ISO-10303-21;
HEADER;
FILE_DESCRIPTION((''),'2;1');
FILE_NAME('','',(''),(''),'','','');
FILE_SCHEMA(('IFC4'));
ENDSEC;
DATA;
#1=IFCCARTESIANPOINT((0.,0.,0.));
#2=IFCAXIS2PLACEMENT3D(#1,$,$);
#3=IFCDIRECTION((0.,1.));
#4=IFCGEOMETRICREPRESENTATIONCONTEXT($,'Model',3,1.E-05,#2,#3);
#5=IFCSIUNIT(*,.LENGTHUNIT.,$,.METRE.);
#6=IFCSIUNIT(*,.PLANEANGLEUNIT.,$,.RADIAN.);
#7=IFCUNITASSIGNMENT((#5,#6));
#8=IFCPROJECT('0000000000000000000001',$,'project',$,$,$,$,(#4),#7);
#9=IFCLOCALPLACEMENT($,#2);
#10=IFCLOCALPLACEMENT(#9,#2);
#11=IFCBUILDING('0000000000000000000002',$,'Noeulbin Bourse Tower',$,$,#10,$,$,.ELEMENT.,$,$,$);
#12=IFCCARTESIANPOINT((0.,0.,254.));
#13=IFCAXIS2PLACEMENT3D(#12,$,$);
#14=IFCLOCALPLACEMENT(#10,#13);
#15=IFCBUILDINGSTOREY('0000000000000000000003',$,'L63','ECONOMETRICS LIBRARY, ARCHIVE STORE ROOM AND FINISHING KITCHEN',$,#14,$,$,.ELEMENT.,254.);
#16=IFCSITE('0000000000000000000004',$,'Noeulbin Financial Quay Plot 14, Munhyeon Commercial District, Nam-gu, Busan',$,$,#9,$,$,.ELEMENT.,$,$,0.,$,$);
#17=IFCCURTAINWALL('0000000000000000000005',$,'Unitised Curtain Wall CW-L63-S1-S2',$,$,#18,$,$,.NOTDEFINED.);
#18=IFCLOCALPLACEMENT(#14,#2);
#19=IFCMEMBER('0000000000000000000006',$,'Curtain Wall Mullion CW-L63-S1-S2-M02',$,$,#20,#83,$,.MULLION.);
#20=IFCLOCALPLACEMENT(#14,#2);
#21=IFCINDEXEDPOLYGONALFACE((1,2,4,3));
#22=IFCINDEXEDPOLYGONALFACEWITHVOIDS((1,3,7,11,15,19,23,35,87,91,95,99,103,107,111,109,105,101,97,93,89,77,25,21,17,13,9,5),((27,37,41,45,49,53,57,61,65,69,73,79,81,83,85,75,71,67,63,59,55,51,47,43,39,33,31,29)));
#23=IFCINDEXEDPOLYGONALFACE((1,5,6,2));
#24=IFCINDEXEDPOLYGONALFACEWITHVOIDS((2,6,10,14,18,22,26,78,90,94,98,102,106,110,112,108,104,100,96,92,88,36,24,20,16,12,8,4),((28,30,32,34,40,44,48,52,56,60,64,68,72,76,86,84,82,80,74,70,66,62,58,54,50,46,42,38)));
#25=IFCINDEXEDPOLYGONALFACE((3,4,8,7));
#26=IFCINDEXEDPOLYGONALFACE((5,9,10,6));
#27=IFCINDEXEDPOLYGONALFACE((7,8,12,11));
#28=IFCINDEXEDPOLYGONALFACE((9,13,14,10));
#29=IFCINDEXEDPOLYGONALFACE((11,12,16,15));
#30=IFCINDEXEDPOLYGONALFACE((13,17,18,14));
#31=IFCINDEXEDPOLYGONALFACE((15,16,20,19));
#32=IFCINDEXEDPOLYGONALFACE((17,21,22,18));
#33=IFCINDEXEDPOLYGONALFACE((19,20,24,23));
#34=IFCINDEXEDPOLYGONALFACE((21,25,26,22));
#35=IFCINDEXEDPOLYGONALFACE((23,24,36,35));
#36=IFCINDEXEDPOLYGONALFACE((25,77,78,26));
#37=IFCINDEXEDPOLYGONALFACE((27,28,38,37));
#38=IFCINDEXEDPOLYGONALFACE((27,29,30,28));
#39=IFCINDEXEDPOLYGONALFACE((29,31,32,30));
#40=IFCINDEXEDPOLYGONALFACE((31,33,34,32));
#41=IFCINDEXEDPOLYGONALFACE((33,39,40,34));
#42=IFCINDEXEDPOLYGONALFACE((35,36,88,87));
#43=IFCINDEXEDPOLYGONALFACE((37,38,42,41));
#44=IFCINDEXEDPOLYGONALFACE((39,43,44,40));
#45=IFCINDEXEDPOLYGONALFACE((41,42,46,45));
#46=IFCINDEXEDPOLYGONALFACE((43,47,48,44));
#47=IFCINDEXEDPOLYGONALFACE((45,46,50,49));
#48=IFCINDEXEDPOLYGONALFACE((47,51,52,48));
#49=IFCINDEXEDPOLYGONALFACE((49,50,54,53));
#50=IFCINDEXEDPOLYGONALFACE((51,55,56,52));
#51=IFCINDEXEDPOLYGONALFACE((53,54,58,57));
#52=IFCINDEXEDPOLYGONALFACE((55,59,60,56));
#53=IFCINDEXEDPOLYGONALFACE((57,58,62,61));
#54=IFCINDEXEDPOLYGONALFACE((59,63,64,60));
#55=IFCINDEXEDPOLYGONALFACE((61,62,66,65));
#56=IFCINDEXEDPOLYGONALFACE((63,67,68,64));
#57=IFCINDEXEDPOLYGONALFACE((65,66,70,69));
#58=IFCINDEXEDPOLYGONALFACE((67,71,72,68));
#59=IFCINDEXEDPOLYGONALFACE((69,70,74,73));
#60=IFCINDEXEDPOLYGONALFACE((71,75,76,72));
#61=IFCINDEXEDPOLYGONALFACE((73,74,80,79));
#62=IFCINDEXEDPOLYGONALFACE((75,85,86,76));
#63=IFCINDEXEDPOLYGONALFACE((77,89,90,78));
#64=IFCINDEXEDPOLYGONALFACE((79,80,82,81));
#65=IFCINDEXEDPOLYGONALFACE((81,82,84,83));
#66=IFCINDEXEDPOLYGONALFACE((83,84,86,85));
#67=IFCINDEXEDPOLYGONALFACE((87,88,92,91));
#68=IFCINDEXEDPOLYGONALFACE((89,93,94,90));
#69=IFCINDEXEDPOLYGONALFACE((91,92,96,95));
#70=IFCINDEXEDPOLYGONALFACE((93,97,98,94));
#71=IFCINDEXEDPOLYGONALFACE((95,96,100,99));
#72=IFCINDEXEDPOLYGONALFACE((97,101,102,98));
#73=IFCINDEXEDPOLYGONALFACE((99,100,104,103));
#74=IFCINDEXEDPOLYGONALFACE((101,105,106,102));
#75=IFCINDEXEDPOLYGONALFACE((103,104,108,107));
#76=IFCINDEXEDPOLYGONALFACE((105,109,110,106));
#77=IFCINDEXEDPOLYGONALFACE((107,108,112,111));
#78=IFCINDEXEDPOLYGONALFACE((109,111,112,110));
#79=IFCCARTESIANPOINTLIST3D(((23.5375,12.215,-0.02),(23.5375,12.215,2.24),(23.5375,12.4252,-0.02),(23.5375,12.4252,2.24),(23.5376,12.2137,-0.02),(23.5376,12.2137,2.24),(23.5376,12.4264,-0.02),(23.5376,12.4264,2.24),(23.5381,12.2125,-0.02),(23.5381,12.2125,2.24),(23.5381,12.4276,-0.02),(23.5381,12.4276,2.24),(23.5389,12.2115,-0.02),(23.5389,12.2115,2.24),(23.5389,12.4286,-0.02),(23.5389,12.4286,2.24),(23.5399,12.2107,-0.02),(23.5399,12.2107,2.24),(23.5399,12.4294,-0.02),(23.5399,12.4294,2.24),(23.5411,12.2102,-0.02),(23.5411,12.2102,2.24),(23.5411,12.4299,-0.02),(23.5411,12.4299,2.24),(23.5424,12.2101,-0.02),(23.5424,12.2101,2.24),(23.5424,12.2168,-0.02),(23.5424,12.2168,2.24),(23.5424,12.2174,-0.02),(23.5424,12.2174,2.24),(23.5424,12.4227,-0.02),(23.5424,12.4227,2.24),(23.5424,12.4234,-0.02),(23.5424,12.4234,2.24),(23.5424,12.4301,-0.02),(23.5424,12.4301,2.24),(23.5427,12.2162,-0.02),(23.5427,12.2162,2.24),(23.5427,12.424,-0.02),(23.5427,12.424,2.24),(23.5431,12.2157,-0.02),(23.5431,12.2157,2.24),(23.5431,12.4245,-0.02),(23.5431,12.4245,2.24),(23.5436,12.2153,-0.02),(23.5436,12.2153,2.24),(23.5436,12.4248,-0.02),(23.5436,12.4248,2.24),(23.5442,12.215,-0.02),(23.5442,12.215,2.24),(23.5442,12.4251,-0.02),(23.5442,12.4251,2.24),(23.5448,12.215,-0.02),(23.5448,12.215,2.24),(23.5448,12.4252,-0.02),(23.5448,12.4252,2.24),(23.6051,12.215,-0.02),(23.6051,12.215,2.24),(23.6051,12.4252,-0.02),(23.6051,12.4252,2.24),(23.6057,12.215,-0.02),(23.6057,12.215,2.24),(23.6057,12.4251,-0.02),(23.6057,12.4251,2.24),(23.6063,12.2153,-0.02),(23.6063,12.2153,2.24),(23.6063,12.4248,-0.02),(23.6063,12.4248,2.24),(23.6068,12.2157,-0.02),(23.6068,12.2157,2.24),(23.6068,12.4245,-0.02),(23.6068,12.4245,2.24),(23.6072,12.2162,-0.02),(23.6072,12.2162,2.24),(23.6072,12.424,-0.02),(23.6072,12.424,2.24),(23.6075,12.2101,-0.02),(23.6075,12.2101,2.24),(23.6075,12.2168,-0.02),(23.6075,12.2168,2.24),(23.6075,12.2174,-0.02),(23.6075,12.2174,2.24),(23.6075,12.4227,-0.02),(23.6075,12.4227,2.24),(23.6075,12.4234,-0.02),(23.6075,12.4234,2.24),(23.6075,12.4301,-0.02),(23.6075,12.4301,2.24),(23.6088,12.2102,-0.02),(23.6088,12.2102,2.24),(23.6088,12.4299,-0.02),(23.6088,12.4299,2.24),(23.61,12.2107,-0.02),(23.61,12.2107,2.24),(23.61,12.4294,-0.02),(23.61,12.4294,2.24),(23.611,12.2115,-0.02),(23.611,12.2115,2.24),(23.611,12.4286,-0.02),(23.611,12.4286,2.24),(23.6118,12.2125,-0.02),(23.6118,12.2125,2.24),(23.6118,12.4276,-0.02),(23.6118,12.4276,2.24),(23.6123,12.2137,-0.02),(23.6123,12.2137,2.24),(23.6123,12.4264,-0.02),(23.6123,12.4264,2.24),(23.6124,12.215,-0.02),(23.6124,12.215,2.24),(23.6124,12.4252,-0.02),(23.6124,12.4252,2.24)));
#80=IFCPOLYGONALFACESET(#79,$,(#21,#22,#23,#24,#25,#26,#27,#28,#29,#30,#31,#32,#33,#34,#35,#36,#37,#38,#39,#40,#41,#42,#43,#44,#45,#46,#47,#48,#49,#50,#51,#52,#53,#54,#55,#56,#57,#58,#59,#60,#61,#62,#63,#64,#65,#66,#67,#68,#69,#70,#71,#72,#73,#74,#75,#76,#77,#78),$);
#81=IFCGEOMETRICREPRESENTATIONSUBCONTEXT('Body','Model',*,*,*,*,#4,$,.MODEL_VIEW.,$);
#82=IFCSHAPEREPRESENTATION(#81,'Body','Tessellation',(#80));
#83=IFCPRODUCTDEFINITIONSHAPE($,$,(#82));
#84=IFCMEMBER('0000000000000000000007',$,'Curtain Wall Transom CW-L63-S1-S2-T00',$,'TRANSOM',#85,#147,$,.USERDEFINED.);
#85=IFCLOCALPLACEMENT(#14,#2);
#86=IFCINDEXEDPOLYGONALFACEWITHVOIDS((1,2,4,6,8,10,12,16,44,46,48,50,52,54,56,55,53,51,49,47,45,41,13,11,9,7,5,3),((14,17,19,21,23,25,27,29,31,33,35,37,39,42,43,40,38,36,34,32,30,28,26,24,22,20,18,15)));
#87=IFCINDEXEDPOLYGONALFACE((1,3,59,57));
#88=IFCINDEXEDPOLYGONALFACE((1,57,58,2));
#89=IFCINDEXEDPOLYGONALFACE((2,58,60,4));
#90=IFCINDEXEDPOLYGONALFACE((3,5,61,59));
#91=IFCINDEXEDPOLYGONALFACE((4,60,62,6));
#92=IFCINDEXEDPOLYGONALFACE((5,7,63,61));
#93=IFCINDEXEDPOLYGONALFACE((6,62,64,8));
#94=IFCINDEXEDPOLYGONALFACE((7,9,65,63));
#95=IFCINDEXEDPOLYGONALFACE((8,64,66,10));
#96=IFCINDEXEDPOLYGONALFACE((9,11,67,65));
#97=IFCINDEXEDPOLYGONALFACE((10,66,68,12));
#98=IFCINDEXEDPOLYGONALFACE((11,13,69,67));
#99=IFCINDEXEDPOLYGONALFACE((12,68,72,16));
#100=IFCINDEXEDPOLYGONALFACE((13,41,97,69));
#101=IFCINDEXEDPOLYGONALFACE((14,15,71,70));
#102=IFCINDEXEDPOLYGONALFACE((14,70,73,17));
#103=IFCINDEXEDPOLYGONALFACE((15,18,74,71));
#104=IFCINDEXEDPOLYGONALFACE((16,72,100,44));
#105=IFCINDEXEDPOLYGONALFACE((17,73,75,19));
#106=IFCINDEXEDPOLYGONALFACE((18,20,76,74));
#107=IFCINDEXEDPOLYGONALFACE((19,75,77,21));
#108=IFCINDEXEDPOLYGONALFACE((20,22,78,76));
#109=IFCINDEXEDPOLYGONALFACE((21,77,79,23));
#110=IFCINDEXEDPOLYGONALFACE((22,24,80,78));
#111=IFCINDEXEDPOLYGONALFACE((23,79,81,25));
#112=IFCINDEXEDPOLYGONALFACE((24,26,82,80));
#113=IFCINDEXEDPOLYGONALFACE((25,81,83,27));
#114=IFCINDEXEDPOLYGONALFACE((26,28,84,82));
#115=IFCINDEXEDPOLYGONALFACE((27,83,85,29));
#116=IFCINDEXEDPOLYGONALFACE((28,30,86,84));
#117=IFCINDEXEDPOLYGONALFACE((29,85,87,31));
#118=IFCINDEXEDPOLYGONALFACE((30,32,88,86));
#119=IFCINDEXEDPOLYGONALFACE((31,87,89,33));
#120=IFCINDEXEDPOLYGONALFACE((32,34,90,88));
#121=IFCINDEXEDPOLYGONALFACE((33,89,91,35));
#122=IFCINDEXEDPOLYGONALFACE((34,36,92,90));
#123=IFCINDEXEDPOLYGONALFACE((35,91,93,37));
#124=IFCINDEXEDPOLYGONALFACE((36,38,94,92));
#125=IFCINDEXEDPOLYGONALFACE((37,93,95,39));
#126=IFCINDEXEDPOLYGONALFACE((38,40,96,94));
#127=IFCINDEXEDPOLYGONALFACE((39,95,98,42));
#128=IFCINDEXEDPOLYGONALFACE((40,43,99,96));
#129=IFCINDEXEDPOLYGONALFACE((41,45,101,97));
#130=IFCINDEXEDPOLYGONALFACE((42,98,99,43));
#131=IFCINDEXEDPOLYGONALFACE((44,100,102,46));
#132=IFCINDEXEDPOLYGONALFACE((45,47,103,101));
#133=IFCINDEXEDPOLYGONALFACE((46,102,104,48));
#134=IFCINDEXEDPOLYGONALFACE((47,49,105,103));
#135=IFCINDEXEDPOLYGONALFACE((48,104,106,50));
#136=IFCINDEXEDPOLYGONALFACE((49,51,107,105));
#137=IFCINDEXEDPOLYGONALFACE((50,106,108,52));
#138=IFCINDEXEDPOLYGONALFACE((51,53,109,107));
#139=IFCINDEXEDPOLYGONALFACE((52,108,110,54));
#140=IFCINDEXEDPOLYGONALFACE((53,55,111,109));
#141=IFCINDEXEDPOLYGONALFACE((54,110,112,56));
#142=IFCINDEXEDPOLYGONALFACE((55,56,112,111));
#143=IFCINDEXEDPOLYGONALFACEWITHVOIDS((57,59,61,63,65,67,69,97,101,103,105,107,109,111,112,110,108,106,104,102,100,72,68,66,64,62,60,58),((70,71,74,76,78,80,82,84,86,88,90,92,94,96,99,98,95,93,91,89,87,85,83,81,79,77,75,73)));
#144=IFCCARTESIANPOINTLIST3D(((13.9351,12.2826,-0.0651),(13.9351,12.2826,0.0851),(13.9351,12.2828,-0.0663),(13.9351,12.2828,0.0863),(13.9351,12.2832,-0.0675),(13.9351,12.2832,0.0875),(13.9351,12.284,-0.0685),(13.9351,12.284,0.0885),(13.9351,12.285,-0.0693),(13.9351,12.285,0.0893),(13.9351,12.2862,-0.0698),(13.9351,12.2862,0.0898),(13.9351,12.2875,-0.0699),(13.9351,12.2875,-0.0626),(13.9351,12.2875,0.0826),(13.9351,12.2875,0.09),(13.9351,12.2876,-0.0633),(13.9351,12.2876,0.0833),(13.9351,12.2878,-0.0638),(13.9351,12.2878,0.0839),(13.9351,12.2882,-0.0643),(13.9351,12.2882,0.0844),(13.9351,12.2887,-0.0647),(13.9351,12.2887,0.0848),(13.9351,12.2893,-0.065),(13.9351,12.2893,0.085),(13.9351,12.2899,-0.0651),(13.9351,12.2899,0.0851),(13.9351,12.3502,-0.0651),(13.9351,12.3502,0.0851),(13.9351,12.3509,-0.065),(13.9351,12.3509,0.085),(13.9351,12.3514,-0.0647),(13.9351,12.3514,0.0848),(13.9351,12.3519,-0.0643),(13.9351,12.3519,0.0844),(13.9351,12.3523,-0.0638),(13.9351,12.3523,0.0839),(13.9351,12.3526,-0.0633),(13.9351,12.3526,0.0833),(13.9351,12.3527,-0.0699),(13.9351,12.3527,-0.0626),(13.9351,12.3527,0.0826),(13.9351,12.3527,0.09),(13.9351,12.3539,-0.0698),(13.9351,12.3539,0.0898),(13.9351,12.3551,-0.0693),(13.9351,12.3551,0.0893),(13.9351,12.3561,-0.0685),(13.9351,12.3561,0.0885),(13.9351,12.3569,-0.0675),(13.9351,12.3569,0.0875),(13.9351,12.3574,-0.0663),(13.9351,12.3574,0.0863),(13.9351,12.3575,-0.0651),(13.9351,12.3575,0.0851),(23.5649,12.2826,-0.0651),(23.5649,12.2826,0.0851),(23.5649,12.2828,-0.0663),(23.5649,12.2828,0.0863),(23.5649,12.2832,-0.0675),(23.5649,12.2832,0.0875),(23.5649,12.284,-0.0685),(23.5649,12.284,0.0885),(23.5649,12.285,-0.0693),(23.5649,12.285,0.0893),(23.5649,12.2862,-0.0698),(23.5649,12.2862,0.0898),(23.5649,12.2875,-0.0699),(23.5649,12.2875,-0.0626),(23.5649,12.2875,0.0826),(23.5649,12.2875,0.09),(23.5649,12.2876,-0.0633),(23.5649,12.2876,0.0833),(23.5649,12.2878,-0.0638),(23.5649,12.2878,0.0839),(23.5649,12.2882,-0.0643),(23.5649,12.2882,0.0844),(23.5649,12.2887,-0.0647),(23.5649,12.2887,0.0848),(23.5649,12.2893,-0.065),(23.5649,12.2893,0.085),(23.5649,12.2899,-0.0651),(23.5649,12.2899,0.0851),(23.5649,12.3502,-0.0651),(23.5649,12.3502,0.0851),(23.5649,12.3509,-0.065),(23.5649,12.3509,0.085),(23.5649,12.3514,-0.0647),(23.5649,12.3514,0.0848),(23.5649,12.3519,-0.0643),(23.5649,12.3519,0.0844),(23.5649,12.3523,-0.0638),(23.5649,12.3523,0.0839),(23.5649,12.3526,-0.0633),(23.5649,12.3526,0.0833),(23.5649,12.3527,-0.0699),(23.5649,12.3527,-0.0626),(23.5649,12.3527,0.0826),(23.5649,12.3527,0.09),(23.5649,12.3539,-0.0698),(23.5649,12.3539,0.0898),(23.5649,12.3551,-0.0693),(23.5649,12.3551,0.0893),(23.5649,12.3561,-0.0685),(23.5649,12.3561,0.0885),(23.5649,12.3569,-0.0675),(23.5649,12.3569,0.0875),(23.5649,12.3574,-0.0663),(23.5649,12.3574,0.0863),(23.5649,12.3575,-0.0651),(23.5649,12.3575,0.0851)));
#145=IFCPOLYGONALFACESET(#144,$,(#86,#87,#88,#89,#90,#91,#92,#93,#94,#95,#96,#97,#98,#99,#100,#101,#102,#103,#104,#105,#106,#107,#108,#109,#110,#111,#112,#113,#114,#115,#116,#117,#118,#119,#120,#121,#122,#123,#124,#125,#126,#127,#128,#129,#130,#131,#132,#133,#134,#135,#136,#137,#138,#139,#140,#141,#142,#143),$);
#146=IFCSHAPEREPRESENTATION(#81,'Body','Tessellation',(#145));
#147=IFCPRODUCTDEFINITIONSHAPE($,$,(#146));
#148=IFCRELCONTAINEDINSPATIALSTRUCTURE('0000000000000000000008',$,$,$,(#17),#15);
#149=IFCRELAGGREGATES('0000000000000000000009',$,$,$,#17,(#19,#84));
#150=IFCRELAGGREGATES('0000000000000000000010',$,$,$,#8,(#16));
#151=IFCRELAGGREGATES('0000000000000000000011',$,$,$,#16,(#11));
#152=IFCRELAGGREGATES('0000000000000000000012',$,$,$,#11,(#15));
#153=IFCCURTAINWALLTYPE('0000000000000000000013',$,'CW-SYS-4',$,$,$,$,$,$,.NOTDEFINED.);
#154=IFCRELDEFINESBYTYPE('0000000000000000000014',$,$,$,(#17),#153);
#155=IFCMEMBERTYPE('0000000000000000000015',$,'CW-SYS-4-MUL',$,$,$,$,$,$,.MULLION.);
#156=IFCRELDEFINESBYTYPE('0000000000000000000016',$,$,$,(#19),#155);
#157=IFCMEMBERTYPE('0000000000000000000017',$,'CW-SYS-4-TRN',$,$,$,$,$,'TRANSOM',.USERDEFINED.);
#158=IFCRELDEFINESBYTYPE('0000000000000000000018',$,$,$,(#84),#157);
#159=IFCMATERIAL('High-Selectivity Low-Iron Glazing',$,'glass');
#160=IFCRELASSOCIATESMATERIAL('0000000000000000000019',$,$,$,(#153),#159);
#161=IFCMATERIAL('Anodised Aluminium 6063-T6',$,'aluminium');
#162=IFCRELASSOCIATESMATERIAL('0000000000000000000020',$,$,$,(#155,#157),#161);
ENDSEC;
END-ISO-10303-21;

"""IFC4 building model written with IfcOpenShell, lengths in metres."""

from ifc_helpers import new_model, si_unit, direction, frame, origin, origin_2d, place, context, subcontext, project, spatial, hollow_rectangle, extrude, material, material_profile, profile_set, type_object, element, aggregate, save


model = new_model("IFC4")

# Units and contexts
model_context = context("Model", 3, precision=1e-05, world=origin(), true_north=direction((0.0, 1.0)))
body_context = subcontext(model_context, "Body", "Model", "MODEL_VIEW")
ifc_project = project(units=[si_unit("LENGTHUNIT", "METRE"), si_unit("PLANEANGLEUNIT", "RADIAN")], contexts=[model_context])

# Site, building, storey
site_placement = place(None, origin())
site = spatial("IfcSite", under=ifc_project, at=site_placement, Name="Noeulbin Financial Quay Plot 14, Munhyeon Commercial District, Nam-gu, Busan", CompositionType="ELEMENT", RefElevation=0.0)
building_placement = place(site_placement, origin())
building = spatial("IfcBuilding", under=site, at=building_placement, Name="Noeulbin Bourse Tower", CompositionType="ELEMENT")
storey_placement = place(building_placement, frame((0.0, 0.0, 254.0)))
storey = spatial("IfcBuildingStorey", under=building, at=storey_placement, Name="L63", Description="ECONOMETRICS LIBRARY, ARCHIVE STORE ROOM AND FINISHING KITCHEN", CompositionType="ELEMENT", Elevation=254.0)

# Curtain wall, members
ifc_material_1 = material(Name="High-Selectivity Low-Iron Glazing", Category="glass")
curtain_wall_type = type_object("IfcCurtainWallType", Name="CW-SYS-4", PredefinedType="NOTDEFINED", material=ifc_material_1)
curtain_wall_placement = place(storey_placement, origin())
curtain_wall = element("IfcCurtainWall", 1, at=curtain_wall_placement, inside=storey, type_object=curtain_wall_type, Name="Unitised Curtain Wall CW-L63-S1-S2", PredefinedType="NOTDEFINED")
ifc_material_2 = material(Name="Anodised Aluminium 6063-T6", Category="aluminium")
ifc_material_profile_1 = material_profile(ifc_material_2, hollow_rectangle(XDim=0.075, YDim=0.22, WallThickness=0.0049, InnerFilletRadius=0.0024, OuterFilletRadius=0.0049, at=origin_2d()), Name="ALU-MULL-75x220x5", Category="LoadBearing")
ifc_profile_set_1 = profile_set([ifc_material_profile_1], Name="Anodised Aluminium 6063-T6")
member_type_1 = type_object("IfcMemberType", Name="CW-SYS-4-MUL", PredefinedType="MULLION", material=ifc_profile_set_1)
member_1_placement = place(storey_placement, frame((23.575, 12.3201, -0.02), z_axis=(0.0, 0.0, 1.0), x_axis=(1.0, 0.0, 0.0)))
member_1 = element("IfcMember", 2, at=member_1_placement, type_object=member_type_1, Name="Curtain Wall Mullion CW-L63-S1-S2-M02", PredefinedType="MULLION", context=body_context, shape_type="SweptSolid", body=[
    extrude(hollow_rectangle(XDim=0.075, YDim=0.22, WallThickness=0.0049, InnerFilletRadius=0.0024, OuterFilletRadius=0.0049, at=origin_2d()), origin(), (0.0, 0.0, 1.0), 2.26),
])
ifc_material_profile_2 = material_profile(ifc_material_2, hollow_rectangle(XDim=0.075, YDim=0.1599, WallThickness=0.0049, InnerFilletRadius=0.0024, OuterFilletRadius=0.0049, at=origin_2d()), Name="ALU-TRAN-75x160x5", Category="LoadBearing")
ifc_profile_set_2 = profile_set([ifc_material_profile_2], Name="Anodised Aluminium 6063-T6")
member_type_2 = type_object("IfcMemberType", Name="CW-SYS-4-TRN", ElementType="TRANSOM", PredefinedType="USERDEFINED", material=ifc_profile_set_2)
member_2_placement = place(storey_placement, frame((13.9351, 12.3201, 0.01), z_axis=(1.0, 0.0, 0.0), x_axis=(0.0, 1.0, 0.0)))
member_2 = element("IfcMember", 3, at=member_2_placement, type_object=member_type_2, Name="Curtain Wall Transom CW-L63-S1-S2-T00", ObjectType="TRANSOM", PredefinedType="USERDEFINED", context=body_context, shape_type="SweptSolid", body=[
    extrude(hollow_rectangle(XDim=0.075, YDim=0.1599, WallThickness=0.0049, InnerFilletRadius=0.0024, OuterFilletRadius=0.0049, at=origin_2d()), origin(), (0.0, 0.0, 1.0), 9.6299),
])
aggregate(curtain_wall, [member_1, member_2])

save(model, "model.ifc")
